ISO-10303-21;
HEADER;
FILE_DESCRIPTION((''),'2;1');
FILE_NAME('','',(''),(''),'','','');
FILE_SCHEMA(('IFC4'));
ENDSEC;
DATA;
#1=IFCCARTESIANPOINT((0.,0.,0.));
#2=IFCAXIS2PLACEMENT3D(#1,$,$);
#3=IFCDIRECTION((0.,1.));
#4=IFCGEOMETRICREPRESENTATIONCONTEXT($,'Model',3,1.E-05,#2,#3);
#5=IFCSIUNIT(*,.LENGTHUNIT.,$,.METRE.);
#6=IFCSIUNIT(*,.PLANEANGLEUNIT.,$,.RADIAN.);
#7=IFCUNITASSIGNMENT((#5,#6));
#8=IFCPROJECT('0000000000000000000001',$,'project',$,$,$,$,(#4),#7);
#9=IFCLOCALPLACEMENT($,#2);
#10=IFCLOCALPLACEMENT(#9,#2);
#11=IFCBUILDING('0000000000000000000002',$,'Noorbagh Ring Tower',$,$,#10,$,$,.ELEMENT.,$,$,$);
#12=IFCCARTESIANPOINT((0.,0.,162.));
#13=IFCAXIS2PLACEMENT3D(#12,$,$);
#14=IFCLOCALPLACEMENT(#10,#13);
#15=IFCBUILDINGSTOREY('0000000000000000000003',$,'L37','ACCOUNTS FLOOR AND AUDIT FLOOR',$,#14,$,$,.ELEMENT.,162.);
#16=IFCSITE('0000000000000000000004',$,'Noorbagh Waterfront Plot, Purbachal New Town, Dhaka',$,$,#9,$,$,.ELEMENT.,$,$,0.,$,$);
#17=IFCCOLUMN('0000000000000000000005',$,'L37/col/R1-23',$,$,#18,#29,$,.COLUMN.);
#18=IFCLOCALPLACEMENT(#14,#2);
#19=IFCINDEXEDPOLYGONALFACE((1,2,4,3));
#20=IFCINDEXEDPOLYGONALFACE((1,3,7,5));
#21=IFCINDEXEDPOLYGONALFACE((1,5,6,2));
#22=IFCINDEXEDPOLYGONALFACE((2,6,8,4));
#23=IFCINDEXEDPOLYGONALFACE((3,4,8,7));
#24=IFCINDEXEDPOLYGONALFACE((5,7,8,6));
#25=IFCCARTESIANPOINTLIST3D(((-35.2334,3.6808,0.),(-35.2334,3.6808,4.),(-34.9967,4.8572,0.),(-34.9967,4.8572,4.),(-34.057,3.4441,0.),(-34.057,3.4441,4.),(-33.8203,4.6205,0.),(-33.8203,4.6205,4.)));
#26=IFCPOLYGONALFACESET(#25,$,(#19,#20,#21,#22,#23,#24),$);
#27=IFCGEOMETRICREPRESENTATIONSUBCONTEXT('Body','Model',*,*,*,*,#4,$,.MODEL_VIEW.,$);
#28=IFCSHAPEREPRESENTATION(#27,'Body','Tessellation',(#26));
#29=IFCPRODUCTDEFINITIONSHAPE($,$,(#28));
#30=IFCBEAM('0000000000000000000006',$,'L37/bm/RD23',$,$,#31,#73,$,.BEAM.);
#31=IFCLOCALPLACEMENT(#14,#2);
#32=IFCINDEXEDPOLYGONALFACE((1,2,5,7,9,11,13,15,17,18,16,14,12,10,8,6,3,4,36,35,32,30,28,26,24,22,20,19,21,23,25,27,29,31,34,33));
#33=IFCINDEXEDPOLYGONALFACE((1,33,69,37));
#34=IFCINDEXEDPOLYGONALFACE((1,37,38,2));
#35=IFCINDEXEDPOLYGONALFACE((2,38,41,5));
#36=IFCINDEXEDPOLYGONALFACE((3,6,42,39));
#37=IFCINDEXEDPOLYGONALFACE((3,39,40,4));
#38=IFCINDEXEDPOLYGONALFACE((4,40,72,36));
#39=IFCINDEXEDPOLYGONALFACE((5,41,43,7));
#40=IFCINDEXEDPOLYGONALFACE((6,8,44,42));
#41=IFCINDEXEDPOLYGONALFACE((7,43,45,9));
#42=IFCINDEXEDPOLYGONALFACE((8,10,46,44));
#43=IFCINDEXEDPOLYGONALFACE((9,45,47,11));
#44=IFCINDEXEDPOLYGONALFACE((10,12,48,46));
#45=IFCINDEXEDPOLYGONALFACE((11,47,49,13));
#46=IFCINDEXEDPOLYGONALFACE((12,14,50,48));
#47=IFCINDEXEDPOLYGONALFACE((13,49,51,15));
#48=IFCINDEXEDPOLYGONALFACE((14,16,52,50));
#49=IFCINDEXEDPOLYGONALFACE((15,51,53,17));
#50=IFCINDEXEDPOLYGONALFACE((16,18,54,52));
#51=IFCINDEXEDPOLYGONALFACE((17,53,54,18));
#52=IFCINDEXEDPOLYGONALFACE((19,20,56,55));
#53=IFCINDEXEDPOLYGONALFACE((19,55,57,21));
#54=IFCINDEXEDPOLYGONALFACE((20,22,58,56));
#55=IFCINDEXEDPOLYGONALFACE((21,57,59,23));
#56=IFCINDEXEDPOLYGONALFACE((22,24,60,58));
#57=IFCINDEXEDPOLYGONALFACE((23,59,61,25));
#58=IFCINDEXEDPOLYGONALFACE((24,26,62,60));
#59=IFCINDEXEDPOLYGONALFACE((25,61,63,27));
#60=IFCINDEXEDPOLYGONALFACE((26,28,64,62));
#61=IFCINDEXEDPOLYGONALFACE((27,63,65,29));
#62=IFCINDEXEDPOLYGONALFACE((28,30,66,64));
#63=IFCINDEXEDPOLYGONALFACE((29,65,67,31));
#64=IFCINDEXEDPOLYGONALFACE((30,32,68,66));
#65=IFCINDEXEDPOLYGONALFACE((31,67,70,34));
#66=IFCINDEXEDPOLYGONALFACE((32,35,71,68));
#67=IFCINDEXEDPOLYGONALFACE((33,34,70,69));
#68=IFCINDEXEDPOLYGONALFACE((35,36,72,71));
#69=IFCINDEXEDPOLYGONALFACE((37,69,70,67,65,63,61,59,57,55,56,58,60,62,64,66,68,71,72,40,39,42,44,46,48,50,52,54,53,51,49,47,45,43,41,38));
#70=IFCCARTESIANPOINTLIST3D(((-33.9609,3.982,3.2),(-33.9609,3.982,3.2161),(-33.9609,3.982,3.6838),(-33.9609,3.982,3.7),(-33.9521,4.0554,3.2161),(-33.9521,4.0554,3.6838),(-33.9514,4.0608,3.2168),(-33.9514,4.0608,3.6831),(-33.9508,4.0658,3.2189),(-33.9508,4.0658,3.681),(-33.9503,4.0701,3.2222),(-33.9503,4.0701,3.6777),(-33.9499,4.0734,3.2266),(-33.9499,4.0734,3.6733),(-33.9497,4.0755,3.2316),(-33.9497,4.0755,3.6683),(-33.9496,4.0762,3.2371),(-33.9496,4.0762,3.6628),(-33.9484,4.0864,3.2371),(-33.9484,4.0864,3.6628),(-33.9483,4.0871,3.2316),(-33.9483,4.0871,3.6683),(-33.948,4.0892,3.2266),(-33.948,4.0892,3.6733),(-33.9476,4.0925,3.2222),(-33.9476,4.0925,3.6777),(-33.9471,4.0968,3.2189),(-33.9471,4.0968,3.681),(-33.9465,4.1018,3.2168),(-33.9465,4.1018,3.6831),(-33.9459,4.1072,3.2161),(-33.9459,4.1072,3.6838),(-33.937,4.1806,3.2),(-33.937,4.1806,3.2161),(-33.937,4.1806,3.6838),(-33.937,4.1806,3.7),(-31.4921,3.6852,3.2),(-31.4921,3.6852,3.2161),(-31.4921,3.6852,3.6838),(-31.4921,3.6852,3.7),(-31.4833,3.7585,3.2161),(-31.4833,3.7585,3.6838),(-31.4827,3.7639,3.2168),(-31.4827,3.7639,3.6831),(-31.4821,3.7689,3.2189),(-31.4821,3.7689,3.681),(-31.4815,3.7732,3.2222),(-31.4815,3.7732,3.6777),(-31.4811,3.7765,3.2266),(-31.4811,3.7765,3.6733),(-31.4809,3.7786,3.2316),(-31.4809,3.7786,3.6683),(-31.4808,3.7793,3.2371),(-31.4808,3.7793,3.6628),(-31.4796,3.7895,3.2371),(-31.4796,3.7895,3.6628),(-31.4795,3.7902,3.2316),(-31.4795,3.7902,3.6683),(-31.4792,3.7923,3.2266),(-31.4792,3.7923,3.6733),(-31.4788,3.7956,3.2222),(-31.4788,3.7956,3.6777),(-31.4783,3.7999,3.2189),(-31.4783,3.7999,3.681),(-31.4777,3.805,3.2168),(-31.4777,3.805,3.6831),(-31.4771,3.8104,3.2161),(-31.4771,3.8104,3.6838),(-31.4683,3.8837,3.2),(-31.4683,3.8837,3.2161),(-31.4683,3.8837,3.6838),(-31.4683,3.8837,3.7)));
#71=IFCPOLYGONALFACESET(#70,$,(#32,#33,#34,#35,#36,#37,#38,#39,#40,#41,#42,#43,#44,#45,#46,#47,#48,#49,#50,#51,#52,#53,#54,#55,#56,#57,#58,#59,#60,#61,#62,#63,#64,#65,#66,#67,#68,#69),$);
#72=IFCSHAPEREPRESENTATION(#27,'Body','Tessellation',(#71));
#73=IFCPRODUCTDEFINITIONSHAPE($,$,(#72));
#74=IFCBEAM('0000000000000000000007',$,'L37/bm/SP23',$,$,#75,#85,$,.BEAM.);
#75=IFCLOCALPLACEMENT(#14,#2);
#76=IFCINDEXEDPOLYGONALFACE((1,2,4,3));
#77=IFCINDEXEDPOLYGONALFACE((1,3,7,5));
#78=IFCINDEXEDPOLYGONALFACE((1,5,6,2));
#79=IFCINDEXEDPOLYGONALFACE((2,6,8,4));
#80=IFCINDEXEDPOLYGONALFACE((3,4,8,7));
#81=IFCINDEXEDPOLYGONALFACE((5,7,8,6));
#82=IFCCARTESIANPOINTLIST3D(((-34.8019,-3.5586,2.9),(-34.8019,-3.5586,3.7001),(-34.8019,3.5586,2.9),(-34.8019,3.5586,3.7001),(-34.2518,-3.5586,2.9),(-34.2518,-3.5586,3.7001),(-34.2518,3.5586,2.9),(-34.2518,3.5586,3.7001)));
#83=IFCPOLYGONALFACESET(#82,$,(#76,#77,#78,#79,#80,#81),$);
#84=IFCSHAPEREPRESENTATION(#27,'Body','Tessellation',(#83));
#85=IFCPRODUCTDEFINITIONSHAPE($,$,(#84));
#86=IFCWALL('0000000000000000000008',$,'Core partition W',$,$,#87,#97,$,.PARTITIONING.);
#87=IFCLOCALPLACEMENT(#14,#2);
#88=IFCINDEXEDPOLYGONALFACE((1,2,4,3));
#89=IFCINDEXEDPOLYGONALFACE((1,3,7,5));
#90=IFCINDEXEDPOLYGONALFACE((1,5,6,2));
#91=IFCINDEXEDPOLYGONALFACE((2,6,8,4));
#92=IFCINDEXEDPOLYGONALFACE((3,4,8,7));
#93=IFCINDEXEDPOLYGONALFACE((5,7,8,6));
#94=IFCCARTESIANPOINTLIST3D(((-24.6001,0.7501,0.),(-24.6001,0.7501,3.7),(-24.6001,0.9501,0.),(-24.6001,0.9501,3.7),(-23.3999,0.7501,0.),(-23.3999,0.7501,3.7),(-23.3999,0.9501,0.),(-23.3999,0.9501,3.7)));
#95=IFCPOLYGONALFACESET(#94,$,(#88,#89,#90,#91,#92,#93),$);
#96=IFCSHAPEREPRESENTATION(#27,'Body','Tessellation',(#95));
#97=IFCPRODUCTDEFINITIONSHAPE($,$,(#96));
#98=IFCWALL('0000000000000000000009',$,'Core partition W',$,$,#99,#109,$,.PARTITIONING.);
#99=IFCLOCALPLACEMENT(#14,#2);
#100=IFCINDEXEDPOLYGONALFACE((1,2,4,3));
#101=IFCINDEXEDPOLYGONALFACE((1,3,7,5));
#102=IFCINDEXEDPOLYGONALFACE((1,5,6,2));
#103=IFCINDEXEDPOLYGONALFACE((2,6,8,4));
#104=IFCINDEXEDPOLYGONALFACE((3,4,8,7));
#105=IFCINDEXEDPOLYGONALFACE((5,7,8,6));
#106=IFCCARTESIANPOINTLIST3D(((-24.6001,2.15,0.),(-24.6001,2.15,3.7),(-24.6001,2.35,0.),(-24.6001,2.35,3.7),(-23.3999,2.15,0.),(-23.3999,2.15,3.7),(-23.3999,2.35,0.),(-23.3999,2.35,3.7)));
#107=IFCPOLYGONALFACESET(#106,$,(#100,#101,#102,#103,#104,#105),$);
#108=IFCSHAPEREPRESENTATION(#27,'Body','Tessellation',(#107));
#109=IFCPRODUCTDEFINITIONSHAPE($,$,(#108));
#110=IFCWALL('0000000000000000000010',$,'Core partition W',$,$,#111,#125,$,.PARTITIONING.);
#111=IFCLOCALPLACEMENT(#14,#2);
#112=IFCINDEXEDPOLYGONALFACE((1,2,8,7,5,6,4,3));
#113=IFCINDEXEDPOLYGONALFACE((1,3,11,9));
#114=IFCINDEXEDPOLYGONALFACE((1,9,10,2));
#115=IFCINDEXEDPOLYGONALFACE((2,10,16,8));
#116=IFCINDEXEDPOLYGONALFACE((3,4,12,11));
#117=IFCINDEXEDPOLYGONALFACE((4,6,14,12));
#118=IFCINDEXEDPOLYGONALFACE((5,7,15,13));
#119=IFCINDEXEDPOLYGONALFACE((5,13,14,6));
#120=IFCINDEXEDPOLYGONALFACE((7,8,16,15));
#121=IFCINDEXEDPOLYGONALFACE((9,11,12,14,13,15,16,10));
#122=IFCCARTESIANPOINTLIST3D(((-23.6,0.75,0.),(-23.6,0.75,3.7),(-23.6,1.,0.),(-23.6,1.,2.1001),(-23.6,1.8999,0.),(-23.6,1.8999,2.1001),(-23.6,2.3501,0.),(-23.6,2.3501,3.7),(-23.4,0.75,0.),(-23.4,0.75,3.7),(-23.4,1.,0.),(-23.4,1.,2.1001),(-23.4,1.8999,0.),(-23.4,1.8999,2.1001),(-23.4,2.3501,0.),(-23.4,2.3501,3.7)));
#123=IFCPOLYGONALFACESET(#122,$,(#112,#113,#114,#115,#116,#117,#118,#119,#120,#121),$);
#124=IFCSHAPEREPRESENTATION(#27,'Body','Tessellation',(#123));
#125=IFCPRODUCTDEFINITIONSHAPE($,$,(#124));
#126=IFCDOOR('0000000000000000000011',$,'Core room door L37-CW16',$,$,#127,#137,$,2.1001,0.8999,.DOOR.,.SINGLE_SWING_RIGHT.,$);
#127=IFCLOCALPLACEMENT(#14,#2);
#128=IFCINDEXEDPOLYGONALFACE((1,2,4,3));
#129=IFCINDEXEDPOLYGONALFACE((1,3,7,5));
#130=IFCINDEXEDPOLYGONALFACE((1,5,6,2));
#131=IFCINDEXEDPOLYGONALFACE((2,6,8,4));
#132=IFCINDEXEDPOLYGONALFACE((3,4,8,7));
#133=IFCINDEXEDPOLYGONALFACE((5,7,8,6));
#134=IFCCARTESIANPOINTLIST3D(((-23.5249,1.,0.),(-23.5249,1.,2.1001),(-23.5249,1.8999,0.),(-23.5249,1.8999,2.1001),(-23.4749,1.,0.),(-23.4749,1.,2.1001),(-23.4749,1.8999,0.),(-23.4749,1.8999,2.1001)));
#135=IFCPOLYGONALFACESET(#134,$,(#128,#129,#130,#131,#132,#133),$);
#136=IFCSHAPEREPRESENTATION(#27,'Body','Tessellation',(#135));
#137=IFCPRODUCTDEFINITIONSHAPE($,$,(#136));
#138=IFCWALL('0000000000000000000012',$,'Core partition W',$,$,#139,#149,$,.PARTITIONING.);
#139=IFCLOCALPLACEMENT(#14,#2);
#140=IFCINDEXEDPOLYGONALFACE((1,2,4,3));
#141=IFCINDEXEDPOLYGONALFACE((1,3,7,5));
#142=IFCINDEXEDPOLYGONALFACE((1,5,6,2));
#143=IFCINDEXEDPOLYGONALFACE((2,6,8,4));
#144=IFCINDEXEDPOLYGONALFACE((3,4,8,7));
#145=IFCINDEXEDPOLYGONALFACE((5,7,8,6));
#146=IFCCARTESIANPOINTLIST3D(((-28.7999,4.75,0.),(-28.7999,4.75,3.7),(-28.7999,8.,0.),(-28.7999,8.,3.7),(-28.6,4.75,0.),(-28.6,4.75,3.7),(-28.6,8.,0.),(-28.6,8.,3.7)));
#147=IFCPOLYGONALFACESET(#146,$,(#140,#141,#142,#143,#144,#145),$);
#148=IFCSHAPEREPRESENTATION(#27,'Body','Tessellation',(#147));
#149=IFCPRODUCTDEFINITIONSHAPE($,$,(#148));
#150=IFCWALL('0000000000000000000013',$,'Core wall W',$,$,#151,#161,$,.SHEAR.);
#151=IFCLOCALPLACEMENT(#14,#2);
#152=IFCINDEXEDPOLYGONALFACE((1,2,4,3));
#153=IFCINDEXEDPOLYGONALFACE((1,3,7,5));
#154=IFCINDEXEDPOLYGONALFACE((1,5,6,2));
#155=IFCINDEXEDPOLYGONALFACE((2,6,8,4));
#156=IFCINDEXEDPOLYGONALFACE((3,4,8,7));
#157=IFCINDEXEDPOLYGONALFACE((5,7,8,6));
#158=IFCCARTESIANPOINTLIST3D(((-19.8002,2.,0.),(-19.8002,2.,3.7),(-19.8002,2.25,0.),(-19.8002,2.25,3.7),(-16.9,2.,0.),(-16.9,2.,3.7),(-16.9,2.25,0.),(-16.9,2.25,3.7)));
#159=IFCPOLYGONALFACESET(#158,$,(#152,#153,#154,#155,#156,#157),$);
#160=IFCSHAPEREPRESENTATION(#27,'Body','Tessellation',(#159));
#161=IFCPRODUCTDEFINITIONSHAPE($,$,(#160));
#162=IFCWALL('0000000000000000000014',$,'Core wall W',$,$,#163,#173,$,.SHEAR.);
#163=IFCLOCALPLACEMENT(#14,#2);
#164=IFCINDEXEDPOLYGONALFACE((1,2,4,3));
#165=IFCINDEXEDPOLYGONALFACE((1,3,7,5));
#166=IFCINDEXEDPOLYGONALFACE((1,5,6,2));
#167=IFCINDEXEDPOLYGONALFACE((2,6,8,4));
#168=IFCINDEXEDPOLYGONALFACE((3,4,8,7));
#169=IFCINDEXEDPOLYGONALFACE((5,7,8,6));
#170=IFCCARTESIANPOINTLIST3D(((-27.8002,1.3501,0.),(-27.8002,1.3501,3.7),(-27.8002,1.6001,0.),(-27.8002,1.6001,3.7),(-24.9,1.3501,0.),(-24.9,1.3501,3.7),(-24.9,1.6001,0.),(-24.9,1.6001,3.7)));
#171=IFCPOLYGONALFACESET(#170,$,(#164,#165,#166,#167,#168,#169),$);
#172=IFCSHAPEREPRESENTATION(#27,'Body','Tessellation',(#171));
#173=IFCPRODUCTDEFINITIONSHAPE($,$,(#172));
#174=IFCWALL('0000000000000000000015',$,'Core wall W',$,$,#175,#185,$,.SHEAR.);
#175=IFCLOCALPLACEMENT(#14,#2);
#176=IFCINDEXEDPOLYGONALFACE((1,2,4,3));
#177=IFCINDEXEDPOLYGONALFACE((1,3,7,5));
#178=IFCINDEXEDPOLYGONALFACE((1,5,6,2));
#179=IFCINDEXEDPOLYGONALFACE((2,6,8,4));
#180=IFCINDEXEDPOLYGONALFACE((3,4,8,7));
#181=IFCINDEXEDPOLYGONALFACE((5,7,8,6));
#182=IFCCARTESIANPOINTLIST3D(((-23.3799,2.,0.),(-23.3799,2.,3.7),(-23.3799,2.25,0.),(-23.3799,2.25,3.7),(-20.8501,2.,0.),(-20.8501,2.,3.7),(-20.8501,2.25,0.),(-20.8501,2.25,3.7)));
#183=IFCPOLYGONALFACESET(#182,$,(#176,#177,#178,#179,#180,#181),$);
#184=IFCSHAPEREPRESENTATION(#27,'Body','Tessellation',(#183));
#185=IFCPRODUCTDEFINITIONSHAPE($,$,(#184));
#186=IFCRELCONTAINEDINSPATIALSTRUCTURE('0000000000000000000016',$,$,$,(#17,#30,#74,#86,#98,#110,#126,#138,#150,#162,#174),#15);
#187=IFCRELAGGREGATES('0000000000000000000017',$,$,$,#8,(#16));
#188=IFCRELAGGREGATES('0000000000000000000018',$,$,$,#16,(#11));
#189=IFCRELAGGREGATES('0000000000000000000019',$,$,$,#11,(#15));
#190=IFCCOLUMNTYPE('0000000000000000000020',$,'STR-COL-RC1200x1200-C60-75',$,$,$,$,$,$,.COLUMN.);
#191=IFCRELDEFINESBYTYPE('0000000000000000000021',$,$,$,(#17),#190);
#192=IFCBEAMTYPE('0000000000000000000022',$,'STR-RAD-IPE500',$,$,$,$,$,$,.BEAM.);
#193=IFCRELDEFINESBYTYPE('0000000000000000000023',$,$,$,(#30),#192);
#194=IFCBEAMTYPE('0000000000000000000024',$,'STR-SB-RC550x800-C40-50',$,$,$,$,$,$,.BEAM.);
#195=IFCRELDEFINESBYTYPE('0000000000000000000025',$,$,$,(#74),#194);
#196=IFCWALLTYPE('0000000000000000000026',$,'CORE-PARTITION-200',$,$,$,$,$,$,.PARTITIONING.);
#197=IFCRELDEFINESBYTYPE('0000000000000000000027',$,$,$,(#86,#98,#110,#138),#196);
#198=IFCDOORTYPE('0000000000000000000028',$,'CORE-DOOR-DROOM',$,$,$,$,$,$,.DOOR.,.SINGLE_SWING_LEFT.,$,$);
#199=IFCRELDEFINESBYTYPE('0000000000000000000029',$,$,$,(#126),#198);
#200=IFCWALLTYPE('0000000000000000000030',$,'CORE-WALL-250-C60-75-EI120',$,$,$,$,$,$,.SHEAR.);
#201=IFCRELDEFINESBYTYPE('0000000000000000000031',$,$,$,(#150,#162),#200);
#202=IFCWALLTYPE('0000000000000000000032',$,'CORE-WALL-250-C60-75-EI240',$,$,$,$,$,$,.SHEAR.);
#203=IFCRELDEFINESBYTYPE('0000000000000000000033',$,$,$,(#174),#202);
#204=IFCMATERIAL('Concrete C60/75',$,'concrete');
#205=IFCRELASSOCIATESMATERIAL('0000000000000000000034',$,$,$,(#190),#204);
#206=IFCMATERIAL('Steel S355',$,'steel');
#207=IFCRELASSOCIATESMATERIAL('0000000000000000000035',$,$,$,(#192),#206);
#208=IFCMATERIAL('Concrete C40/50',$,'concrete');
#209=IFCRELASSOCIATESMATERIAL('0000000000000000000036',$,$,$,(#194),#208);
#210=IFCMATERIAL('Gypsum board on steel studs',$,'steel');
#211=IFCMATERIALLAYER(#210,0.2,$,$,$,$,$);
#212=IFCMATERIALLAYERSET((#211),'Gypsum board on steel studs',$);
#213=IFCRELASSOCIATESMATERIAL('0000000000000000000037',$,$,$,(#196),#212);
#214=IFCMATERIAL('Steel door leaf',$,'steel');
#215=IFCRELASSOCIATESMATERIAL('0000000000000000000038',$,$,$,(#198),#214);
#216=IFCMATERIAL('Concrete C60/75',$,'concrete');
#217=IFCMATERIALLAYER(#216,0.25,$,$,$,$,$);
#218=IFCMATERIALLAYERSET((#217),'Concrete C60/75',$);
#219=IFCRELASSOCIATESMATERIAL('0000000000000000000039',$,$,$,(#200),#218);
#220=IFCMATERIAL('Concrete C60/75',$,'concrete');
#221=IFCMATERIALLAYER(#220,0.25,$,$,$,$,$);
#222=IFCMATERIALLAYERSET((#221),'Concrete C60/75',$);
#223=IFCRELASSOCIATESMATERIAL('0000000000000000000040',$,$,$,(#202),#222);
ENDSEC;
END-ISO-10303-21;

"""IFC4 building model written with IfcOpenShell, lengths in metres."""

from ifc_helpers import new_model, si_unit, direction, frame, frame_2d, origin, origin_2d, place, context, subcontext, project, spatial, rectangle, i_section, extrude, material, layer, layer_set, material_profile, profile_set, type_object, element, fill, save


model = new_model("IFC4")

# Units and contexts
model_context = context("Model", 3, precision=1e-05, world=origin(), true_north=direction((0.0, 1.0)))
body_context = subcontext(model_context, "Body", "Model", "MODEL_VIEW")
ifc_project = project(units=[si_unit("LENGTHUNIT", "METRE"), si_unit("PLANEANGLEUNIT", "RADIAN")], contexts=[model_context])

# Site, building, storey
site_placement = place(None, origin())
site = spatial("IfcSite", under=ifc_project, at=site_placement, Name="Noorbagh Waterfront Plot, Purbachal New Town, Dhaka", CompositionType="ELEMENT", RefElevation=0.0)
building_placement = place(site_placement, origin())
building = spatial("IfcBuilding", under=site, at=building_placement, Name="Noorbagh Ring Tower", CompositionType="ELEMENT")
storey_placement = place(building_placement, frame((0.0, 0.0, 162.0)))
storey = spatial("IfcBuildingStorey", under=building, at=storey_placement, Name="L37", Description="ACCOUNTS FLOOR AND AUDIT FLOOR", CompositionType="ELEMENT", Elevation=162.0)

# Column
ifc_material_1 = material(Name="Concrete C60/75", Category="concrete")
ifc_material_profile_1 = material_profile(ifc_material_1, rectangle(XDim=1.2, YDim=1.2, at=origin_2d()), Name="RC1200x1200")
ifc_profile_set_1 = profile_set([ifc_material_profile_1], Name="Concrete C60/75")
column_type = type_object("IfcColumnType", Name="STR-COL-RC1200x1200-C60-75", PredefinedType="COLUMN", material=ifc_profile_set_1)
column_placement = place(storey_placement, frame((-34.5269, 4.1506, 0.0), z_axis=(0.0, 0.0, 1.0), x_axis=(-0.19723, -0.980357, 0.0)))
element("IfcColumn", 1, at=column_placement, inside=storey, type_object=column_type, Name="L37/col/R1-23", PredefinedType="COLUMN", context=body_context, shape_type="SweptSolid", body=[
    extrude(rectangle(XDim=1.2, YDim=1.2, at=origin_2d()), origin(), (0.0, 0.0, 1.0), 4.0),
])

# Beams
ifc_material_2 = material(Name="Steel S355", Category="steel")
ifc_material_profile_2 = material_profile(ifc_material_2, i_section(OverallWidth=0.2, OverallDepth=0.5, WebThickness=0.0103, FlangeThickness=0.0161, FilletRadius=0.021, at=origin_2d()), Name="IPE500")
ifc_profile_set_2 = profile_set([ifc_material_profile_2], Name="Steel S355")
beam_type_1 = type_object("IfcBeamType", Name="STR-RAD-IPE500", PredefinedType="BEAM", material=ifc_profile_set_2)
beam_1_placement = place(storey_placement, frame((-33.949, 4.0813, 3.45), z_axis=(0.992847, -0.119393, 0.0), x_axis=(0.119393, 0.992847, 0.0)))
element("IfcBeam", 2, at=beam_1_placement, inside=storey, type_object=beam_type_1, Name="L37/bm/RD23", PredefinedType="BEAM", context=body_context, shape_type="SweptSolid", body=[
    extrude(i_section(OverallWidth=0.2, OverallDepth=0.5, WebThickness=0.0103, FlangeThickness=0.0161, FilletRadius=0.021, at=origin_2d()), origin(), (0.0, 0.0, 1.0), 2.4866),
])
ifc_material_3 = material(Name="Concrete C40/50", Category="concrete")
ifc_material_profile_3 = material_profile(ifc_material_3, rectangle(XDim=0.55, YDim=0.8, at=origin_2d()), Name="RC550x800")
ifc_profile_set_3 = profile_set([ifc_material_profile_3], Name="Concrete C40/50")
beam_type_2 = type_object("IfcBeamType", Name="STR-SB-RC550x800-C40-50", PredefinedType="BEAM", material=ifc_profile_set_3)
beam_2_placement = place(storey_placement, frame((-34.5269, 3.5586, 3.3), z_axis=(0.0, -1.0, 0.0), x_axis=(1.0, 0.0, 0.0)))
element("IfcBeam", 3, at=beam_2_placement, inside=storey, type_object=beam_type_2, Name="L37/bm/SP23", PredefinedType="BEAM", context=body_context, shape_type="SweptSolid", body=[
    extrude(rectangle(XDim=0.55, YDim=0.8, at=origin_2d()), origin(), (0.0, 0.0, 1.0), 7.1172),
])

# Walls
ifc_material_4 = material(Name="Gypsum board on steel studs", Category="steel")
ifc_layer_1 = layer(ifc_material_4, 0.2)
ifc_layer_set_1 = layer_set([ifc_layer_1], Name="Gypsum board on steel studs")
wall_type_1 = type_object("IfcWallType", Name="CORE-PARTITION-200", PredefinedType="PARTITIONING", material=ifc_layer_set_1)
for number, where, z_axis, x_axis, name in (
    (4, (-23.3999, 0.8501, 0.0), (0.0, 0.0, 1.0), (-1.0, 0.0, 0.0), "Core partition W"),
    (5, (-23.3999, 2.25, 0.0), (0.0, 0.0, 1.0), (-1.0, 0.0, 0.0), "Core partition W"),
):
    element("IfcWall", number, at=place(storey_placement, frame(where, z_axis=z_axis, x_axis=x_axis)), inside=storey, type_object=wall_type_1, Name=name, PredefinedType="PARTITIONING", context=body_context, shape_type="SweptSolid", body=[
        extrude(rectangle(XDim=1.2002, YDim=0.2, at=frame_2d((0.6001, 0.0))), origin(), (0.0, 0.0, 1.0), 3.7),
    ])

# Wall, opening, door
wall_1_placement = place(storey_placement, frame((-23.5, 0.75, 0.0), z_axis=(0.0, 0.0, 1.0), x_axis=(0.0, 1.0, 0.0)))
wall_1 = element("IfcWall", 6, at=wall_1_placement, inside=storey, type_object=wall_type_1, Name="Core partition W", PredefinedType="PARTITIONING", context=body_context, shape_type="SweptSolid", body=[
    extrude(rectangle(XDim=1.6001, YDim=0.2, at=frame_2d((0.8, 0.0))), origin(), (0.0, 0.0, 1.0), 3.7),
])
opening_1_placement = place(wall_1_placement, frame((0.25, 0.0, 0.0)))
opening_1 = element("IfcOpeningElement", 7, at=opening_1_placement, cuts=wall_1, PredefinedType="OPENING", context=body_context, shape_type="SweptSolid", body=[
    extrude(rectangle(XDim=0.8999, YDim=2.1001, at=frame_2d((0.45, 1.05))), frame((0.0, 0.1099, 0.0), z_axis=(0.0, -1.0, 0.0), x_axis=(1.0, 0.0, 0.0)), (0.0, 0.0, 1.0), 0.22),
])
ifc_material_5 = material(Name="Steel door leaf", Category="steel")
door_type_1 = type_object("IfcDoorType", Name="CORE-DOOR-DROOM", OperationType="SINGLE_SWING_LEFT", PredefinedType="DOOR", material=ifc_material_5)
door_1_placement = place(opening_1_placement, origin())
door_1 = element("IfcDoor", 8, at=door_1_placement, inside=storey, type_object=door_type_1, Name="Core room door L37-CW16", OperationType="SINGLE_SWING_RIGHT", OverallHeight=2.1001, OverallWidth=0.8999, PredefinedType="DOOR", context=body_context, shape_type="SweptSolid", body=[
    extrude(rectangle(XDim=0.8999, YDim=2.1001, at=frame_2d((0.45, 1.05))), frame((0.0, 0.0249, 0.0), z_axis=(0.0, -1.0, 0.0), x_axis=(1.0, 0.0, 0.0)), (0.0, 0.0, 1.0), 0.05),
])
fill(opening_1, door_1)

# Walls
wall_2_placement = place(storey_placement, frame((-28.7, 4.75, 0.0), z_axis=(0.0, 0.0, 1.0), x_axis=(0.0, 1.0, 0.0)))
element("IfcWall", 9, at=wall_2_placement, inside=storey, type_object=wall_type_1, Name="Core partition W", PredefinedType="PARTITIONING", context=body_context, shape_type="SweptSolid", body=[
    extrude(rectangle(XDim=3.25, YDim=0.2, at=frame_2d((1.625, 0.0))), origin(), (0.0, 0.0, 1.0), 3.7),
])
ifc_material_6 = material(Name="Concrete C60/75", Category="concrete")
ifc_layer_2 = layer(ifc_material_6, 0.25)
ifc_layer_set_2 = layer_set([ifc_layer_2], Name="Concrete C60/75")
wall_type_2 = type_object("IfcWallType", Name="CORE-WALL-250-C60-75-EI120", PredefinedType="SHEAR", material=ifc_layer_set_2)
for number, where, z_axis, x_axis, name in (
    (10, (-16.8999, 2.125, 0.0), (0.0, 0.0, 1.0), (-1.0, 0.0, 0.0), "Core wall W"),
    (11, (-24.8999, 1.4751, 0.0), (0.0, 0.0, 1.0), (-1.0, 0.0, 0.0), "Core wall W"),
):
    element("IfcWall", number, at=place(storey_placement, frame(where, z_axis=z_axis, x_axis=x_axis)), inside=storey, type_object=wall_type_2, Name=name, PredefinedType="SHEAR", context=body_context, shape_type="SweptSolid", body=[
        extrude(rectangle(XDim=2.9001, YDim=0.25, at=frame_2d((1.4502, 0.0))), origin(), (0.0, 0.0, 1.0), 3.7),
    ])
ifc_material_7 = material(Name="Concrete C60/75", Category="concrete")
ifc_layer_3 = layer(ifc_material_7, 0.25)
ifc_layer_set_3 = layer_set([ifc_layer_3], Name="Concrete C60/75")
wall_type_3 = type_object("IfcWallType", Name="CORE-WALL-250-C60-75-EI240", PredefinedType="SHEAR", material=ifc_layer_set_3)
wall_3_placement = place(storey_placement, frame((-20.8501, 2.125, 0.0), z_axis=(0.0, 0.0, 1.0), x_axis=(-1.0, 0.0, 0.0)))
element("IfcWall", 12, at=wall_3_placement, inside=storey, type_object=wall_type_3, Name="Core wall W", PredefinedType="SHEAR", context=body_context, shape_type="SweptSolid", body=[
    extrude(rectangle(XDim=2.5298, YDim=0.25, at=frame_2d((1.2649, 0.0))), origin(), (0.0, 0.0, 1.0), 3.7),
])

save(model, "model.ifc")
